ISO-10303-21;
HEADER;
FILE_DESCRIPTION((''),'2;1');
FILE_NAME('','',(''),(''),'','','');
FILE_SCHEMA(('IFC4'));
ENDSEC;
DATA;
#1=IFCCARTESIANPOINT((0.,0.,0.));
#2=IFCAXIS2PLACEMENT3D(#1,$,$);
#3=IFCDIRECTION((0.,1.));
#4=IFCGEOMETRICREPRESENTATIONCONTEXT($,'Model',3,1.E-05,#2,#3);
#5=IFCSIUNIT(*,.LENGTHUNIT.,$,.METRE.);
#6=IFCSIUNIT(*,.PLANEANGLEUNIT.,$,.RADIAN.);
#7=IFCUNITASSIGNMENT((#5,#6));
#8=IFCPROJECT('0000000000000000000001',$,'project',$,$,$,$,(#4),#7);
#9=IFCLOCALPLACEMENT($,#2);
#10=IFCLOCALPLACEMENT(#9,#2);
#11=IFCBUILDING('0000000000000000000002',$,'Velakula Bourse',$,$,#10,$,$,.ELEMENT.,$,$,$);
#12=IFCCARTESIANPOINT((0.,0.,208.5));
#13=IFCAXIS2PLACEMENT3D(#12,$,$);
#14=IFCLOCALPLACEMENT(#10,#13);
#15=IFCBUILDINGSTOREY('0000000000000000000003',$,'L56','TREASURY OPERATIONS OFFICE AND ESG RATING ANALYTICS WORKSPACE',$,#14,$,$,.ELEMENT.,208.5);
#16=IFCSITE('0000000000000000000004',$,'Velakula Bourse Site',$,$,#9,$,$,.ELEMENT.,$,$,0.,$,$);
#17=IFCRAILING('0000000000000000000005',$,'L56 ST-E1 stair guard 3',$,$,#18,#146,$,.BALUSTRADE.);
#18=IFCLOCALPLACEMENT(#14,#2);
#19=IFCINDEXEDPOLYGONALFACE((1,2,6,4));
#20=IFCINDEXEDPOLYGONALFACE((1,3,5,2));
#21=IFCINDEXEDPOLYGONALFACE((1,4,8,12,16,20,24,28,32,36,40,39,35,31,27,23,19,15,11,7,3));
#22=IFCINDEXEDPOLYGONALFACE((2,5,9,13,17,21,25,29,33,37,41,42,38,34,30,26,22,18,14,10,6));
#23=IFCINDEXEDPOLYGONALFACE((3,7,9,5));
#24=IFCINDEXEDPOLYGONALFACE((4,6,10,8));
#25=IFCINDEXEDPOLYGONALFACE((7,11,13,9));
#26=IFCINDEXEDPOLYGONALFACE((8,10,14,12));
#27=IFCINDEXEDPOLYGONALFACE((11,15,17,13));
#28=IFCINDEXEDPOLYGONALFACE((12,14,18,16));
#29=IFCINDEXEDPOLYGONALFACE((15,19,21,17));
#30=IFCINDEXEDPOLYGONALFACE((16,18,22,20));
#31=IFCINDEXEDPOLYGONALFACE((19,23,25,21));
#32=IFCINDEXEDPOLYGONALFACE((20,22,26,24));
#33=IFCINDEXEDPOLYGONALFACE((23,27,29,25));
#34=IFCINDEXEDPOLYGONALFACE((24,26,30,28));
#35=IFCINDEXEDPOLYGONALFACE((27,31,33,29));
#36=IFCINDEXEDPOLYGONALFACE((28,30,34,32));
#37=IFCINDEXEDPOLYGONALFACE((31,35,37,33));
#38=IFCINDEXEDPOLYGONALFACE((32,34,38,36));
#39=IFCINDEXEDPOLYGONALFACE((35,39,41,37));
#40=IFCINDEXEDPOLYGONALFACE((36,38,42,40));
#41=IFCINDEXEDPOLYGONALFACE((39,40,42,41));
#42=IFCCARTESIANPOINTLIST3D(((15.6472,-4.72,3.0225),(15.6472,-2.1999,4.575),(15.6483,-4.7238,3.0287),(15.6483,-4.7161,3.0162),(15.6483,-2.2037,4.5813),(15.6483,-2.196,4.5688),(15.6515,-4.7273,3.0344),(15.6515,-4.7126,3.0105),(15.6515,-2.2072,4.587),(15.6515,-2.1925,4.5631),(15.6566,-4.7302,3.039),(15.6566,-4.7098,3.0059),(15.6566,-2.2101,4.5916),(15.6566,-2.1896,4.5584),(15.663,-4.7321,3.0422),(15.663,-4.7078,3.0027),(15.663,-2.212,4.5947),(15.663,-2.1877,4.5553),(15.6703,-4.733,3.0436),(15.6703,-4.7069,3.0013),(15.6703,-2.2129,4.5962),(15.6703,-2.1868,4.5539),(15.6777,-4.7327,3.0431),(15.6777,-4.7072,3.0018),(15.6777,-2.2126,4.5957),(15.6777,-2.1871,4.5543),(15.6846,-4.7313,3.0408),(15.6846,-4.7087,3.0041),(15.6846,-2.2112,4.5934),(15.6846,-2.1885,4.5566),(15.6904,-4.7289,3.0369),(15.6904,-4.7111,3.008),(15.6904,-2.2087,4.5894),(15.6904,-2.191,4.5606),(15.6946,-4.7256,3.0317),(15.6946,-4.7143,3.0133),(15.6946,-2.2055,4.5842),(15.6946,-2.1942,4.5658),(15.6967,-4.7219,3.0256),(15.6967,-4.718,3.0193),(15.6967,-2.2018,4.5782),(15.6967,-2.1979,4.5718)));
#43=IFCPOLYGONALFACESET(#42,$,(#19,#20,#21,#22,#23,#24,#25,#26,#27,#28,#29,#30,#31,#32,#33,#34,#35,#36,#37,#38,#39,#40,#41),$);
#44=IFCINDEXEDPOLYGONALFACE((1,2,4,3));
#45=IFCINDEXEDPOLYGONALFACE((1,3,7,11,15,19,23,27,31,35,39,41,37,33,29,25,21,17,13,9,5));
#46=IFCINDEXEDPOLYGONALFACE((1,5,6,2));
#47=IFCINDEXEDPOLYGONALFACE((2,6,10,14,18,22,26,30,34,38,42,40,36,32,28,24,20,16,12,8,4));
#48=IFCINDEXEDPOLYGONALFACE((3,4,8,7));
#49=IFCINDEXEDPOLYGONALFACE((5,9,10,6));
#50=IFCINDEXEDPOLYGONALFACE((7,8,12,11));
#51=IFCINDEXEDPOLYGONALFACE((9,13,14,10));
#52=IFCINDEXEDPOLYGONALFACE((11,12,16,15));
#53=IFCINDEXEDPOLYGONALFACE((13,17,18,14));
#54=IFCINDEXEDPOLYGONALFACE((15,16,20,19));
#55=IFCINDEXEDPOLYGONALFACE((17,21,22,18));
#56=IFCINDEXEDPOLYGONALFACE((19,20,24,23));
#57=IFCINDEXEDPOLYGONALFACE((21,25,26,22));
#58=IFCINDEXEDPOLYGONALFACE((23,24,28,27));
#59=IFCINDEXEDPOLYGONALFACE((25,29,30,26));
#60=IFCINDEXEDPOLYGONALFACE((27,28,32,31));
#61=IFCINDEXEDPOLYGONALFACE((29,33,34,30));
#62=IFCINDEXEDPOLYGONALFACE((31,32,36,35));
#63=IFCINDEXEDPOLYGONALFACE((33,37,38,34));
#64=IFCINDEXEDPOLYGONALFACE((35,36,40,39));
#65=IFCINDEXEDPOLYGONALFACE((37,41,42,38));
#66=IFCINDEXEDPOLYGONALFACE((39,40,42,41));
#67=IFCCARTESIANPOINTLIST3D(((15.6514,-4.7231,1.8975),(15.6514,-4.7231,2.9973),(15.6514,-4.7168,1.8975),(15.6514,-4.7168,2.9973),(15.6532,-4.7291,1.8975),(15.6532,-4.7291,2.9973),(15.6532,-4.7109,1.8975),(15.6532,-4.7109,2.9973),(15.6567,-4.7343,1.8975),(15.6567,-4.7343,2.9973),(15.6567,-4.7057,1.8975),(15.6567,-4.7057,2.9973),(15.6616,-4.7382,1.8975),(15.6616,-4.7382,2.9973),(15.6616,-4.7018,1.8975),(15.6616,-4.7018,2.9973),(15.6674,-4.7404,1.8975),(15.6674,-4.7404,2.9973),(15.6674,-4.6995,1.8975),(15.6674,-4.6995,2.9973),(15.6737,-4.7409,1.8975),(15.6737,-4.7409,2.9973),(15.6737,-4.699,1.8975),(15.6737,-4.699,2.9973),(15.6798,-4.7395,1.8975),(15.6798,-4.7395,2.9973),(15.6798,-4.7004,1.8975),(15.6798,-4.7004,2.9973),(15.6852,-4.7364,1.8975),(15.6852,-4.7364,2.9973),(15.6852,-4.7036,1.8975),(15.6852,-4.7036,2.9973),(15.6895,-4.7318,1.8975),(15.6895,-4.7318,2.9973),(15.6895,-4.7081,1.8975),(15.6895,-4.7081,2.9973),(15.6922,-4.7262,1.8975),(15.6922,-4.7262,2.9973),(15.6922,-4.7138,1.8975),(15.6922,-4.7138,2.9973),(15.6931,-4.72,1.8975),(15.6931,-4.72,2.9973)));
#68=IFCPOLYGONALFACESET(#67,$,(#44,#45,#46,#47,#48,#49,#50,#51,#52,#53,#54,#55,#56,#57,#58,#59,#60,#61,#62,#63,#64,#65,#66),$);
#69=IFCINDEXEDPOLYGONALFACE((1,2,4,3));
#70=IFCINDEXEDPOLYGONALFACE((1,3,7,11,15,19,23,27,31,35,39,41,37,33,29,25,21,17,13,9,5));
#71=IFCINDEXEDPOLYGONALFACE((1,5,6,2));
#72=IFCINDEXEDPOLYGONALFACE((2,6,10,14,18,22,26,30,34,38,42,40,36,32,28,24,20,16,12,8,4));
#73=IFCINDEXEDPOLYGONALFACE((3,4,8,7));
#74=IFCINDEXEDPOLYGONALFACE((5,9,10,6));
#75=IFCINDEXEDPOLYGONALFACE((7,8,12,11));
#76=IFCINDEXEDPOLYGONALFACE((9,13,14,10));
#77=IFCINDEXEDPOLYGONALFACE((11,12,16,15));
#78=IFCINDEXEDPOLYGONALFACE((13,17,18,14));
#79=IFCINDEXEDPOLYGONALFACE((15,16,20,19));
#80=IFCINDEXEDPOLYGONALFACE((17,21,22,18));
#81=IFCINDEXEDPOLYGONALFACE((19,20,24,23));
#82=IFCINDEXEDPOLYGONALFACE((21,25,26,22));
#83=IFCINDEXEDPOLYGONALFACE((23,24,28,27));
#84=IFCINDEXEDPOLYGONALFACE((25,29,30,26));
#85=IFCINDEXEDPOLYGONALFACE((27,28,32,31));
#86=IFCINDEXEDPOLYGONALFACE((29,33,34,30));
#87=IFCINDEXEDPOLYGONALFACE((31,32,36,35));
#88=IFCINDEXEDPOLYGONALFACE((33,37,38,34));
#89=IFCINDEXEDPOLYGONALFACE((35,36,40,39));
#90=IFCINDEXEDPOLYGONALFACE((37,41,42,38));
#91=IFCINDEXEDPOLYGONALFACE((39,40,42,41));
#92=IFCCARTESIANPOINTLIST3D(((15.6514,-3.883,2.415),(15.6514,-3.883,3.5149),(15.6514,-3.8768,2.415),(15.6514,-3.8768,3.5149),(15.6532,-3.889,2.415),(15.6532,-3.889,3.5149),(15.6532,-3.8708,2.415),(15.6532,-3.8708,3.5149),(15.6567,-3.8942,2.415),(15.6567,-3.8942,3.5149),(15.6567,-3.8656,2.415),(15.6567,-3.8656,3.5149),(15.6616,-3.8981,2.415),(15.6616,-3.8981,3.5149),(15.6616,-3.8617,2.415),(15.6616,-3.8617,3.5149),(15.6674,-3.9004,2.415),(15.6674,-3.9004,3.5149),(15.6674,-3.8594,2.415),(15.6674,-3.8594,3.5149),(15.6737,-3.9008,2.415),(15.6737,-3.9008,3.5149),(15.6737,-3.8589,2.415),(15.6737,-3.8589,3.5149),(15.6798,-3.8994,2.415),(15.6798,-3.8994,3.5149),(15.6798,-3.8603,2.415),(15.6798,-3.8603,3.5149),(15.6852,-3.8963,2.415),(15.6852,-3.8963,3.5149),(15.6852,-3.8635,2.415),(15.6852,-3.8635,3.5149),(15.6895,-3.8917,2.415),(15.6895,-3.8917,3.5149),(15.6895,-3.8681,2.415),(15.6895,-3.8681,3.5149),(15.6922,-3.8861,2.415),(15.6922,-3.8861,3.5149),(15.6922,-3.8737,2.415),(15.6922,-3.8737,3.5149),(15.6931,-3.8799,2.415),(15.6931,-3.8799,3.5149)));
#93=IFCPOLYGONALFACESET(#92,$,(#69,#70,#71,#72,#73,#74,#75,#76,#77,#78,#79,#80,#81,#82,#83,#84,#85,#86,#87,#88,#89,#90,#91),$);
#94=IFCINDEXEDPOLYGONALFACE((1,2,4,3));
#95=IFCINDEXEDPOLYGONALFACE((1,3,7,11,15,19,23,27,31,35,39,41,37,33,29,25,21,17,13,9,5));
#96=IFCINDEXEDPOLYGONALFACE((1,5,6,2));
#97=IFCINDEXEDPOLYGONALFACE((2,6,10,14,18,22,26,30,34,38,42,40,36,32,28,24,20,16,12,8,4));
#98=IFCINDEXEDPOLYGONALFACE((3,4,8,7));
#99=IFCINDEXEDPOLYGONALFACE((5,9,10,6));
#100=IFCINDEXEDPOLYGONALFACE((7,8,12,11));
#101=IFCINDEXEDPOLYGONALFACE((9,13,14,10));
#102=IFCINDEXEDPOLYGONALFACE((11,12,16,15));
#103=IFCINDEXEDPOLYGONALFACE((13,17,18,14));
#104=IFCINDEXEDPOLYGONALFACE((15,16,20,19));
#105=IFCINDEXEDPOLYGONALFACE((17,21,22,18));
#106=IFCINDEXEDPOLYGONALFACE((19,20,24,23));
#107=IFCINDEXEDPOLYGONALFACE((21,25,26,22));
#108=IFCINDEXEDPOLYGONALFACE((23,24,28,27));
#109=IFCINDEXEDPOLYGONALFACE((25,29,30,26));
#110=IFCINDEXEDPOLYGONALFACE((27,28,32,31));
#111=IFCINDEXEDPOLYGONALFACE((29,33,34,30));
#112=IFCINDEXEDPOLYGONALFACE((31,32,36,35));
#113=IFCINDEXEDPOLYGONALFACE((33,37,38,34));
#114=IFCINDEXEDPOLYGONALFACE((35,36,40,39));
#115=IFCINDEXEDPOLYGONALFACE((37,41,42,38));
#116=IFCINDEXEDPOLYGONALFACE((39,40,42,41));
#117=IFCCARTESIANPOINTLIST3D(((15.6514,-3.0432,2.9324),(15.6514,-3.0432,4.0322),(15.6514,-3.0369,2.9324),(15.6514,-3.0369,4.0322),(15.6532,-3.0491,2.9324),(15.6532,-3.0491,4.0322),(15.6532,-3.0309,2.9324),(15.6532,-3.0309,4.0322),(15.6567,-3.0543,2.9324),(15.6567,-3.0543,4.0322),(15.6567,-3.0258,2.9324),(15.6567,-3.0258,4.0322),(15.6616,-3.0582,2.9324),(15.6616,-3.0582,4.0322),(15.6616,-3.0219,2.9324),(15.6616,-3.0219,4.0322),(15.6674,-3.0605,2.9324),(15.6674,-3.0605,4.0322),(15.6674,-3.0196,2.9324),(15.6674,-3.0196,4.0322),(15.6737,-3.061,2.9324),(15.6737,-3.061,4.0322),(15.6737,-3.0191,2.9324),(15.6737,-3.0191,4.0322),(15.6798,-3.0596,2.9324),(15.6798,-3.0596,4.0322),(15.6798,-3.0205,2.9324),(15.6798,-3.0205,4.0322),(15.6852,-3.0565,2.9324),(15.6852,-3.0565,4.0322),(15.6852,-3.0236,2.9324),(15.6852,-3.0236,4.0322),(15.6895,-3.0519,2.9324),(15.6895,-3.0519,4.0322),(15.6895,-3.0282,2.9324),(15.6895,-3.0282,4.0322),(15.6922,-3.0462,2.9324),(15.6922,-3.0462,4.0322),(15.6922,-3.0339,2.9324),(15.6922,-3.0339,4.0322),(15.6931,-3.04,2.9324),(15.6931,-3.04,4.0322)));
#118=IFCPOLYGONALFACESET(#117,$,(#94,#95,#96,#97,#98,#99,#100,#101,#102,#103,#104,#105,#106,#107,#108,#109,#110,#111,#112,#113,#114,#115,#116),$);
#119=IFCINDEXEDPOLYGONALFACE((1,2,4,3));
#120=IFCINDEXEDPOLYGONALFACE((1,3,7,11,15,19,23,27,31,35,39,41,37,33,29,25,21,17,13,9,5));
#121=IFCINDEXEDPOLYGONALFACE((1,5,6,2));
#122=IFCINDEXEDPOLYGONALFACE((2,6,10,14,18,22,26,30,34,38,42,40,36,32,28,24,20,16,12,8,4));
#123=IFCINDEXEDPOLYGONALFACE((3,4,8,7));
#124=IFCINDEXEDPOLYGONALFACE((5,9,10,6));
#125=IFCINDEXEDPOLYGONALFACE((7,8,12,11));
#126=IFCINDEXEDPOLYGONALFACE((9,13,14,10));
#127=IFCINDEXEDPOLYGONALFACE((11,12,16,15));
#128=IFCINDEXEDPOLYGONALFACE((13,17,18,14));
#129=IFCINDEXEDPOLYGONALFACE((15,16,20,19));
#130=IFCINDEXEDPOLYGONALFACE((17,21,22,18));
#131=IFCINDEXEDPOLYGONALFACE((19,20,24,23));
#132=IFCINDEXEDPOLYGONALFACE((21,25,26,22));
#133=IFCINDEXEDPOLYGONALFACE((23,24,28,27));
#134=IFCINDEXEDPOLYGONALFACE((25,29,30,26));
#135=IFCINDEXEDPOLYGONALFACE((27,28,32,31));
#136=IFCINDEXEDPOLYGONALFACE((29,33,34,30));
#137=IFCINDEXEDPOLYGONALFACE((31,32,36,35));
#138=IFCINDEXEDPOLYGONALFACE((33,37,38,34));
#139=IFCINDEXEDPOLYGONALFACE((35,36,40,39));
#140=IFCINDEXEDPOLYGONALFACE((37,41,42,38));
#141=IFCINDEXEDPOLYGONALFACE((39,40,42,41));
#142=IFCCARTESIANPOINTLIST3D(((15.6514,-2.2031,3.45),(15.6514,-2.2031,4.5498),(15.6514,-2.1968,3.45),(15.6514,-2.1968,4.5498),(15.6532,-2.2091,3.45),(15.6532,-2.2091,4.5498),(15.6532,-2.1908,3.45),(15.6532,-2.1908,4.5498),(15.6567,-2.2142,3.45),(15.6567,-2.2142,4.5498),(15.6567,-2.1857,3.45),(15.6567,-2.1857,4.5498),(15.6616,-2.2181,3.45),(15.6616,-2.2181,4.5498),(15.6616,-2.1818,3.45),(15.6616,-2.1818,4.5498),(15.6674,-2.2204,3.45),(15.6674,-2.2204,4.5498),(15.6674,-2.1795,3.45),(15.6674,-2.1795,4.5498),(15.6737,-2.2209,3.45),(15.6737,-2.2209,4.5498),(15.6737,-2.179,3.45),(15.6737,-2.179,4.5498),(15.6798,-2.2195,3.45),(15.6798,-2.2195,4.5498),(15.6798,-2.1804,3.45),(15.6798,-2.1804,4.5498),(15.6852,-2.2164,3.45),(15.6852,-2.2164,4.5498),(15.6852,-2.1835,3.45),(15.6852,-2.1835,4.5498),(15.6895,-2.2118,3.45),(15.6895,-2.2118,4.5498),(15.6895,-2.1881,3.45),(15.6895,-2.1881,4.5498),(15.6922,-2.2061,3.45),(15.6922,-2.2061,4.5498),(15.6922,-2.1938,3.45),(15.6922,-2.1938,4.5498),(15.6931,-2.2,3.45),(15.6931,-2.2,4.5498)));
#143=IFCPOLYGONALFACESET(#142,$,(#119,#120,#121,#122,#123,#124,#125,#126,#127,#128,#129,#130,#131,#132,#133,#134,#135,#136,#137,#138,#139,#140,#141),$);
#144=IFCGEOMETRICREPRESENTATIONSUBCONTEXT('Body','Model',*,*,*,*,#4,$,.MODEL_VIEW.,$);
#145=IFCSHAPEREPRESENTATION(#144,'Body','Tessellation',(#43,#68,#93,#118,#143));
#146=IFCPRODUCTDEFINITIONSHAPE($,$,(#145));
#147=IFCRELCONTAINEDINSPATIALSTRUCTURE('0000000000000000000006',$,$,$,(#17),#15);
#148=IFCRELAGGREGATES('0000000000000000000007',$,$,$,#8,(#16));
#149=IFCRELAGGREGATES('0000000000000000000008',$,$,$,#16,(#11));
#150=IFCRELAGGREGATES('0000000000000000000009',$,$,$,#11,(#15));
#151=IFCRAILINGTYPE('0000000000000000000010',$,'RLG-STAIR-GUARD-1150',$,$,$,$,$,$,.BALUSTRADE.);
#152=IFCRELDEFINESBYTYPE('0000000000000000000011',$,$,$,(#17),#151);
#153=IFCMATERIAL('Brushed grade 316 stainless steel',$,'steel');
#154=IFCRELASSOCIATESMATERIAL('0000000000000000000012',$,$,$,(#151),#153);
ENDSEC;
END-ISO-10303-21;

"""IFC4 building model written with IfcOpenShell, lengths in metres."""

from ifc_helpers import new_model, si_unit, direction, frame, origin, origin_2d, place, context, subcontext, project, spatial, circle, extrude, material, type_object, element, save


model = new_model("IFC4")

# Units and contexts
model_context = context("Model", 3, precision=1e-05, world=origin(), true_north=direction((0.0, 1.0)))
body_context = subcontext(model_context, "Body", "Model", "MODEL_VIEW")
ifc_project = project(units=[si_unit("LENGTHUNIT", "METRE"), si_unit("PLANEANGLEUNIT", "RADIAN")], contexts=[model_context])

# Site, building, storey
site_placement = place(None, origin())
site = spatial("IfcSite", under=ifc_project, at=site_placement, Name="Velakula Bourse Site", CompositionType="ELEMENT", RefElevation=0.0)
building_placement = place(site_placement, origin())
building = spatial("IfcBuilding", under=site, at=building_placement, Name="Velakula Bourse", CompositionType="ELEMENT")
storey_placement = place(building_placement, frame((0.0, 0.0, 208.5)))
storey = spatial("IfcBuildingStorey", under=building, at=storey_placement, Name="L56", Description="TREASURY OPERATIONS OFFICE AND ESG RATING ANALYTICS WORKSPACE", CompositionType="ELEMENT", Elevation=208.5)

# Shared definitions
ifc_material_1 = material(Name="Brushed grade 316 stainless steel", Category="steel")

# Railing
railing_type_1 = type_object("IfcRailingType", Name="RLG-STAIR-GUARD-1150", PredefinedType="BALUSTRADE", material=ifc_material_1)
railing_1_placement = place(storey_placement, frame((15.6721, -4.72, 1.8975)))
element("IfcRailing", 1, at=railing_1_placement, inside=storey, type_object=railing_type_1, Name="L56 ST-E1 stair guard 3", PredefinedType="BALUSTRADE", context=body_context, shape_type="SweptSolid", body=[
    extrude(circle(Radius=0.0249, at=origin_2d()), frame((0.0, 0.0, 1.125), z_axis=(0.0, 0.8514, 0.524516), x_axis=(-1.0, 0.0, 0.0)), (0.0, 0.0, 1.0), 2.96),
    extrude(circle(Radius=0.021, at=origin_2d()), origin(), (0.0, 0.0, 1.0), 1.0999),
    extrude(circle(Radius=0.021, at=origin_2d()), frame((0.0, 0.8401, 0.5176)), (0.0, 0.0, 1.0), 1.0999),
    extrude(circle(Radius=0.021, at=origin_2d()), frame((0.0, 1.6799, 1.0349)), (0.0, 0.0, 1.0), 1.0999),
    extrude(circle(Radius=0.021, at=origin_2d()), frame((0.0, 2.52, 1.5525)), (0.0, 0.0, 1.0), 1.0999),
])

save(model, "model.ifc")
